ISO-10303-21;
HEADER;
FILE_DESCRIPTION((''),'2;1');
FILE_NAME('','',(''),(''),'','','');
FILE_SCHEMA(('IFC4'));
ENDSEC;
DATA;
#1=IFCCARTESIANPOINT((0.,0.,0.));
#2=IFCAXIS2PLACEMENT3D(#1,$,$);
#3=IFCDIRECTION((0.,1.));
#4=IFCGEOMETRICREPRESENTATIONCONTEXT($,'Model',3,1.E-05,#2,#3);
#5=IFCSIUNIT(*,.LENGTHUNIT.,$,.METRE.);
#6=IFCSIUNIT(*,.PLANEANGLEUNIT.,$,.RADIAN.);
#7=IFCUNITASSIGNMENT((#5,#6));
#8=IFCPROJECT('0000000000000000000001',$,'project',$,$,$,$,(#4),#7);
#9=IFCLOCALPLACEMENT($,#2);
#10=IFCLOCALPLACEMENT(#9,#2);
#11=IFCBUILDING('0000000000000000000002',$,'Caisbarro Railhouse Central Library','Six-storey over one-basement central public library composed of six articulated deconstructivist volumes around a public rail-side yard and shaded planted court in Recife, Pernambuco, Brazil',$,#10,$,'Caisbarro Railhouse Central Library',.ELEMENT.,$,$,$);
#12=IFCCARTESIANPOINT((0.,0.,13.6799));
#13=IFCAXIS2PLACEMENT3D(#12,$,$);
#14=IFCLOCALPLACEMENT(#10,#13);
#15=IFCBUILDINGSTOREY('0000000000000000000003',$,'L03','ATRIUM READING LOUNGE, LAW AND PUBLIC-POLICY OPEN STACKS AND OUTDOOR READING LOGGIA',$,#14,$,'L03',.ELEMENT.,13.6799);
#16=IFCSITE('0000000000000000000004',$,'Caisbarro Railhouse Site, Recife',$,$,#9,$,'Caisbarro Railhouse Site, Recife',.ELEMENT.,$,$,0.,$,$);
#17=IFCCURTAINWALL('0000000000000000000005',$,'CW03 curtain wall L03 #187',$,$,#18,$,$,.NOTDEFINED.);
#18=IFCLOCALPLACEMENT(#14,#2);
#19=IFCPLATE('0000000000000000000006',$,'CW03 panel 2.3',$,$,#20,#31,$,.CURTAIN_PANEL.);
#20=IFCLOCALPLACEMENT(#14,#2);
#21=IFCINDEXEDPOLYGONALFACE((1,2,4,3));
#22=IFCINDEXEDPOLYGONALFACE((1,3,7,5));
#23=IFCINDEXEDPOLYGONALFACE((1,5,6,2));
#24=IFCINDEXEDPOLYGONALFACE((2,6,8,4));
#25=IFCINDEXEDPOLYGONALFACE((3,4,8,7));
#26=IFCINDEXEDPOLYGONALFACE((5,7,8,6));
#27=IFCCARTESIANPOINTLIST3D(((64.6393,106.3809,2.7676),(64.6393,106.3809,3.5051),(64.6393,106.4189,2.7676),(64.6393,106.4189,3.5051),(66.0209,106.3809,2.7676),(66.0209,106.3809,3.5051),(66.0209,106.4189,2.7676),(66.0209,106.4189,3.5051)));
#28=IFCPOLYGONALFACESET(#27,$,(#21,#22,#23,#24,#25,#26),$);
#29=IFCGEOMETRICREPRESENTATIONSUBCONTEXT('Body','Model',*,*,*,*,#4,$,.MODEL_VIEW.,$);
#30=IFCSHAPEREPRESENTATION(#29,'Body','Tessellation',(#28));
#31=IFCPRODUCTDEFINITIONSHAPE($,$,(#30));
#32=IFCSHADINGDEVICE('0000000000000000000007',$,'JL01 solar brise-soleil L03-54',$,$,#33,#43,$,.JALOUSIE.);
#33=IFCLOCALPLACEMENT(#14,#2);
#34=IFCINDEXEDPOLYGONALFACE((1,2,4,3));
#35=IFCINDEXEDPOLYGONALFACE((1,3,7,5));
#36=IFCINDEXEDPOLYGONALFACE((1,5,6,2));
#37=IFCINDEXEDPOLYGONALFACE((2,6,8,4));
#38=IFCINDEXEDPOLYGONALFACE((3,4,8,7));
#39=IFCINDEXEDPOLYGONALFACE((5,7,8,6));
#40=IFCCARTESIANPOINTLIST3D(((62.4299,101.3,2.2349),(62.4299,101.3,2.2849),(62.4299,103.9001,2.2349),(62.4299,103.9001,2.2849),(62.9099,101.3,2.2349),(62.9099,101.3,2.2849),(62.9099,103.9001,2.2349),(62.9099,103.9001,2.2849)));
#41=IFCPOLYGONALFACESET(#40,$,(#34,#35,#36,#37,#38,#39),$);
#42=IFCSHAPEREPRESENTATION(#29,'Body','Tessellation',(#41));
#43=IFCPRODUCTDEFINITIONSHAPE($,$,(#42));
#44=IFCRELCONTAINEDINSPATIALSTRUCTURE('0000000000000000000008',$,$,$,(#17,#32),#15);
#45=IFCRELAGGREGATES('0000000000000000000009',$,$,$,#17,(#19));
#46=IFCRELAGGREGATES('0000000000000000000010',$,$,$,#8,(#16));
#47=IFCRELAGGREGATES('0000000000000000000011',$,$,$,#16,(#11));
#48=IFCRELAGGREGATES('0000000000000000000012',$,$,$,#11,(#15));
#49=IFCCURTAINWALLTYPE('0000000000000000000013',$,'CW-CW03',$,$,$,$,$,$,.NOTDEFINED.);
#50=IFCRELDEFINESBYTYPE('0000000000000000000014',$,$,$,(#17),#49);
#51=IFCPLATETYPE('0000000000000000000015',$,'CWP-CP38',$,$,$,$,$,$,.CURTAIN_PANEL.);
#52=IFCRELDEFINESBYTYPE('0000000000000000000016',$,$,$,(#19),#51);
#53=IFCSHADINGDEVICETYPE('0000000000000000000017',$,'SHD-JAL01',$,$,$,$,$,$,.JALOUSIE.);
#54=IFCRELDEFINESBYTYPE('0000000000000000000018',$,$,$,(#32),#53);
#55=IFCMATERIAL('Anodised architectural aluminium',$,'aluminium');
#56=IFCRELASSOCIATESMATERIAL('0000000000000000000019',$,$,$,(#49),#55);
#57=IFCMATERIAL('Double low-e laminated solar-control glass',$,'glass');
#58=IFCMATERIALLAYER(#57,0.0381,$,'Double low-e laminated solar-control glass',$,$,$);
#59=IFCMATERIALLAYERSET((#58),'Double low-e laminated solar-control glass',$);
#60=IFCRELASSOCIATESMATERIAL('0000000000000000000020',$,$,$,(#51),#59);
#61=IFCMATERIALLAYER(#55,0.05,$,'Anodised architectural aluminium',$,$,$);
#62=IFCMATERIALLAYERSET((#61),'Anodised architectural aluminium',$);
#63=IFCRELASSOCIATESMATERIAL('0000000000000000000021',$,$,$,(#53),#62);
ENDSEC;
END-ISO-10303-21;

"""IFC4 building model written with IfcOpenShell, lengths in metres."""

from ifc_helpers import new_model, si_unit, direction, frame, origin, origin_2d, place, context, subcontext, project, spatial, rectangle, extrude, material, layer, layer_set, type_object, element, aggregate, save


model = new_model("IFC4")

# Units and contexts
model_context = context("Model", 3, precision=1e-05, world=origin(), true_north=direction((0.0, 1.0)))
body_context = subcontext(model_context, "Body", "Model", "MODEL_VIEW")
ifc_project = project(units=[si_unit("LENGTHUNIT", "METRE"), si_unit("PLANEANGLEUNIT", "RADIAN")], contexts=[model_context])

# Site, building, storey
site_placement = place(None, origin())
site = spatial("IfcSite", under=ifc_project, at=site_placement, Name="Caisbarro Railhouse Site, Recife", LongName="Caisbarro Railhouse Site, Recife", CompositionType="ELEMENT", RefElevation=0.0)
building_placement = place(site_placement, origin())
building = spatial("IfcBuilding", under=site, at=building_placement, Name="Caisbarro Railhouse Central Library", Description="Six-storey over one-basement central public library composed of six articulated deconstructivist volumes around a public rail-side yard and shaded planted court in Recife, Pernambuco, Brazil", LongName="Caisbarro Railhouse Central Library", CompositionType="ELEMENT")
storey_placement = place(building_placement, frame((0.0, 0.0, 13.6799)))
storey = spatial("IfcBuildingStorey", under=building, at=storey_placement, Name="L03", Description="ATRIUM READING LOUNGE, LAW AND PUBLIC-POLICY OPEN STACKS AND OUTDOOR READING LOGGIA", LongName="L03", CompositionType="ELEMENT", Elevation=13.6799)

# Curtain wall, plate
ifc_material_1 = material(Name="Anodised architectural aluminium", Category="aluminium")
curtain_wall_type = type_object("IfcCurtainWallType", Name="CW-CW03", PredefinedType="NOTDEFINED", material=ifc_material_1)
curtain_wall_placement = place(storey_placement, origin())
curtain_wall = element("IfcCurtainWall", 1, at=curtain_wall_placement, inside=storey, type_object=curtain_wall_type, Name="CW03 curtain wall L03 #187", PredefinedType="NOTDEFINED")
ifc_material_2 = material(Name="Double low-e laminated solar-control glass", Category="glass")
ifc_layer_1 = layer(ifc_material_2, 0.0381, Name="Double low-e laminated solar-control glass")
ifc_layer_set_1 = layer_set([ifc_layer_1], Name="Double low-e laminated solar-control glass")
plate_type = type_object("IfcPlateType", Name="CWP-CP38", PredefinedType="CURTAIN_PANEL", material=ifc_layer_set_1)
plate_1_placement = place(storey_placement, frame((65.3301, 106.3999, 2.7676), z_axis=(0.0, 0.0, 1.0), x_axis=(1.0, 0.0, 0.0)))
plate_1 = element("IfcPlate", 2, at=plate_1_placement, type_object=plate_type, Name="CW03 panel 2.3", PredefinedType="CURTAIN_PANEL", context=body_context, shape_type="SweptSolid", body=[
    extrude(rectangle(XDim=1.3816, YDim=0.0381, at=origin_2d()), origin(), (0.0, 0.0, 1.0), 0.7375),
])
aggregate(curtain_wall, [plate_1])

# Shading device
ifc_layer_2 = layer(ifc_material_1, 0.05, Name="Anodised architectural aluminium")
ifc_layer_set_2 = layer_set([ifc_layer_2], Name="Anodised architectural aluminium")
shading_device_type = type_object("IfcShadingDeviceType", Name="SHD-JAL01", PredefinedType="JALOUSIE", material=ifc_layer_set_2)
shading_device_placement = place(storey_placement, frame((62.6699, 102.6001, 2.2349), z_axis=(0.0, 0.0, 1.0), x_axis=(0.0, 1.0, 0.0)))
element("IfcShadingDevice", 3, at=shading_device_placement, inside=storey, type_object=shading_device_type, Name="JL01 solar brise-soleil L03-54", PredefinedType="JALOUSIE", context=body_context, shape_type="SweptSolid", body=[
    extrude(rectangle(XDim=2.6001, YDim=0.48, at=origin_2d()), origin(), (0.0, 0.0, 1.0), 0.05),
])

save(model, "model.ifc")
